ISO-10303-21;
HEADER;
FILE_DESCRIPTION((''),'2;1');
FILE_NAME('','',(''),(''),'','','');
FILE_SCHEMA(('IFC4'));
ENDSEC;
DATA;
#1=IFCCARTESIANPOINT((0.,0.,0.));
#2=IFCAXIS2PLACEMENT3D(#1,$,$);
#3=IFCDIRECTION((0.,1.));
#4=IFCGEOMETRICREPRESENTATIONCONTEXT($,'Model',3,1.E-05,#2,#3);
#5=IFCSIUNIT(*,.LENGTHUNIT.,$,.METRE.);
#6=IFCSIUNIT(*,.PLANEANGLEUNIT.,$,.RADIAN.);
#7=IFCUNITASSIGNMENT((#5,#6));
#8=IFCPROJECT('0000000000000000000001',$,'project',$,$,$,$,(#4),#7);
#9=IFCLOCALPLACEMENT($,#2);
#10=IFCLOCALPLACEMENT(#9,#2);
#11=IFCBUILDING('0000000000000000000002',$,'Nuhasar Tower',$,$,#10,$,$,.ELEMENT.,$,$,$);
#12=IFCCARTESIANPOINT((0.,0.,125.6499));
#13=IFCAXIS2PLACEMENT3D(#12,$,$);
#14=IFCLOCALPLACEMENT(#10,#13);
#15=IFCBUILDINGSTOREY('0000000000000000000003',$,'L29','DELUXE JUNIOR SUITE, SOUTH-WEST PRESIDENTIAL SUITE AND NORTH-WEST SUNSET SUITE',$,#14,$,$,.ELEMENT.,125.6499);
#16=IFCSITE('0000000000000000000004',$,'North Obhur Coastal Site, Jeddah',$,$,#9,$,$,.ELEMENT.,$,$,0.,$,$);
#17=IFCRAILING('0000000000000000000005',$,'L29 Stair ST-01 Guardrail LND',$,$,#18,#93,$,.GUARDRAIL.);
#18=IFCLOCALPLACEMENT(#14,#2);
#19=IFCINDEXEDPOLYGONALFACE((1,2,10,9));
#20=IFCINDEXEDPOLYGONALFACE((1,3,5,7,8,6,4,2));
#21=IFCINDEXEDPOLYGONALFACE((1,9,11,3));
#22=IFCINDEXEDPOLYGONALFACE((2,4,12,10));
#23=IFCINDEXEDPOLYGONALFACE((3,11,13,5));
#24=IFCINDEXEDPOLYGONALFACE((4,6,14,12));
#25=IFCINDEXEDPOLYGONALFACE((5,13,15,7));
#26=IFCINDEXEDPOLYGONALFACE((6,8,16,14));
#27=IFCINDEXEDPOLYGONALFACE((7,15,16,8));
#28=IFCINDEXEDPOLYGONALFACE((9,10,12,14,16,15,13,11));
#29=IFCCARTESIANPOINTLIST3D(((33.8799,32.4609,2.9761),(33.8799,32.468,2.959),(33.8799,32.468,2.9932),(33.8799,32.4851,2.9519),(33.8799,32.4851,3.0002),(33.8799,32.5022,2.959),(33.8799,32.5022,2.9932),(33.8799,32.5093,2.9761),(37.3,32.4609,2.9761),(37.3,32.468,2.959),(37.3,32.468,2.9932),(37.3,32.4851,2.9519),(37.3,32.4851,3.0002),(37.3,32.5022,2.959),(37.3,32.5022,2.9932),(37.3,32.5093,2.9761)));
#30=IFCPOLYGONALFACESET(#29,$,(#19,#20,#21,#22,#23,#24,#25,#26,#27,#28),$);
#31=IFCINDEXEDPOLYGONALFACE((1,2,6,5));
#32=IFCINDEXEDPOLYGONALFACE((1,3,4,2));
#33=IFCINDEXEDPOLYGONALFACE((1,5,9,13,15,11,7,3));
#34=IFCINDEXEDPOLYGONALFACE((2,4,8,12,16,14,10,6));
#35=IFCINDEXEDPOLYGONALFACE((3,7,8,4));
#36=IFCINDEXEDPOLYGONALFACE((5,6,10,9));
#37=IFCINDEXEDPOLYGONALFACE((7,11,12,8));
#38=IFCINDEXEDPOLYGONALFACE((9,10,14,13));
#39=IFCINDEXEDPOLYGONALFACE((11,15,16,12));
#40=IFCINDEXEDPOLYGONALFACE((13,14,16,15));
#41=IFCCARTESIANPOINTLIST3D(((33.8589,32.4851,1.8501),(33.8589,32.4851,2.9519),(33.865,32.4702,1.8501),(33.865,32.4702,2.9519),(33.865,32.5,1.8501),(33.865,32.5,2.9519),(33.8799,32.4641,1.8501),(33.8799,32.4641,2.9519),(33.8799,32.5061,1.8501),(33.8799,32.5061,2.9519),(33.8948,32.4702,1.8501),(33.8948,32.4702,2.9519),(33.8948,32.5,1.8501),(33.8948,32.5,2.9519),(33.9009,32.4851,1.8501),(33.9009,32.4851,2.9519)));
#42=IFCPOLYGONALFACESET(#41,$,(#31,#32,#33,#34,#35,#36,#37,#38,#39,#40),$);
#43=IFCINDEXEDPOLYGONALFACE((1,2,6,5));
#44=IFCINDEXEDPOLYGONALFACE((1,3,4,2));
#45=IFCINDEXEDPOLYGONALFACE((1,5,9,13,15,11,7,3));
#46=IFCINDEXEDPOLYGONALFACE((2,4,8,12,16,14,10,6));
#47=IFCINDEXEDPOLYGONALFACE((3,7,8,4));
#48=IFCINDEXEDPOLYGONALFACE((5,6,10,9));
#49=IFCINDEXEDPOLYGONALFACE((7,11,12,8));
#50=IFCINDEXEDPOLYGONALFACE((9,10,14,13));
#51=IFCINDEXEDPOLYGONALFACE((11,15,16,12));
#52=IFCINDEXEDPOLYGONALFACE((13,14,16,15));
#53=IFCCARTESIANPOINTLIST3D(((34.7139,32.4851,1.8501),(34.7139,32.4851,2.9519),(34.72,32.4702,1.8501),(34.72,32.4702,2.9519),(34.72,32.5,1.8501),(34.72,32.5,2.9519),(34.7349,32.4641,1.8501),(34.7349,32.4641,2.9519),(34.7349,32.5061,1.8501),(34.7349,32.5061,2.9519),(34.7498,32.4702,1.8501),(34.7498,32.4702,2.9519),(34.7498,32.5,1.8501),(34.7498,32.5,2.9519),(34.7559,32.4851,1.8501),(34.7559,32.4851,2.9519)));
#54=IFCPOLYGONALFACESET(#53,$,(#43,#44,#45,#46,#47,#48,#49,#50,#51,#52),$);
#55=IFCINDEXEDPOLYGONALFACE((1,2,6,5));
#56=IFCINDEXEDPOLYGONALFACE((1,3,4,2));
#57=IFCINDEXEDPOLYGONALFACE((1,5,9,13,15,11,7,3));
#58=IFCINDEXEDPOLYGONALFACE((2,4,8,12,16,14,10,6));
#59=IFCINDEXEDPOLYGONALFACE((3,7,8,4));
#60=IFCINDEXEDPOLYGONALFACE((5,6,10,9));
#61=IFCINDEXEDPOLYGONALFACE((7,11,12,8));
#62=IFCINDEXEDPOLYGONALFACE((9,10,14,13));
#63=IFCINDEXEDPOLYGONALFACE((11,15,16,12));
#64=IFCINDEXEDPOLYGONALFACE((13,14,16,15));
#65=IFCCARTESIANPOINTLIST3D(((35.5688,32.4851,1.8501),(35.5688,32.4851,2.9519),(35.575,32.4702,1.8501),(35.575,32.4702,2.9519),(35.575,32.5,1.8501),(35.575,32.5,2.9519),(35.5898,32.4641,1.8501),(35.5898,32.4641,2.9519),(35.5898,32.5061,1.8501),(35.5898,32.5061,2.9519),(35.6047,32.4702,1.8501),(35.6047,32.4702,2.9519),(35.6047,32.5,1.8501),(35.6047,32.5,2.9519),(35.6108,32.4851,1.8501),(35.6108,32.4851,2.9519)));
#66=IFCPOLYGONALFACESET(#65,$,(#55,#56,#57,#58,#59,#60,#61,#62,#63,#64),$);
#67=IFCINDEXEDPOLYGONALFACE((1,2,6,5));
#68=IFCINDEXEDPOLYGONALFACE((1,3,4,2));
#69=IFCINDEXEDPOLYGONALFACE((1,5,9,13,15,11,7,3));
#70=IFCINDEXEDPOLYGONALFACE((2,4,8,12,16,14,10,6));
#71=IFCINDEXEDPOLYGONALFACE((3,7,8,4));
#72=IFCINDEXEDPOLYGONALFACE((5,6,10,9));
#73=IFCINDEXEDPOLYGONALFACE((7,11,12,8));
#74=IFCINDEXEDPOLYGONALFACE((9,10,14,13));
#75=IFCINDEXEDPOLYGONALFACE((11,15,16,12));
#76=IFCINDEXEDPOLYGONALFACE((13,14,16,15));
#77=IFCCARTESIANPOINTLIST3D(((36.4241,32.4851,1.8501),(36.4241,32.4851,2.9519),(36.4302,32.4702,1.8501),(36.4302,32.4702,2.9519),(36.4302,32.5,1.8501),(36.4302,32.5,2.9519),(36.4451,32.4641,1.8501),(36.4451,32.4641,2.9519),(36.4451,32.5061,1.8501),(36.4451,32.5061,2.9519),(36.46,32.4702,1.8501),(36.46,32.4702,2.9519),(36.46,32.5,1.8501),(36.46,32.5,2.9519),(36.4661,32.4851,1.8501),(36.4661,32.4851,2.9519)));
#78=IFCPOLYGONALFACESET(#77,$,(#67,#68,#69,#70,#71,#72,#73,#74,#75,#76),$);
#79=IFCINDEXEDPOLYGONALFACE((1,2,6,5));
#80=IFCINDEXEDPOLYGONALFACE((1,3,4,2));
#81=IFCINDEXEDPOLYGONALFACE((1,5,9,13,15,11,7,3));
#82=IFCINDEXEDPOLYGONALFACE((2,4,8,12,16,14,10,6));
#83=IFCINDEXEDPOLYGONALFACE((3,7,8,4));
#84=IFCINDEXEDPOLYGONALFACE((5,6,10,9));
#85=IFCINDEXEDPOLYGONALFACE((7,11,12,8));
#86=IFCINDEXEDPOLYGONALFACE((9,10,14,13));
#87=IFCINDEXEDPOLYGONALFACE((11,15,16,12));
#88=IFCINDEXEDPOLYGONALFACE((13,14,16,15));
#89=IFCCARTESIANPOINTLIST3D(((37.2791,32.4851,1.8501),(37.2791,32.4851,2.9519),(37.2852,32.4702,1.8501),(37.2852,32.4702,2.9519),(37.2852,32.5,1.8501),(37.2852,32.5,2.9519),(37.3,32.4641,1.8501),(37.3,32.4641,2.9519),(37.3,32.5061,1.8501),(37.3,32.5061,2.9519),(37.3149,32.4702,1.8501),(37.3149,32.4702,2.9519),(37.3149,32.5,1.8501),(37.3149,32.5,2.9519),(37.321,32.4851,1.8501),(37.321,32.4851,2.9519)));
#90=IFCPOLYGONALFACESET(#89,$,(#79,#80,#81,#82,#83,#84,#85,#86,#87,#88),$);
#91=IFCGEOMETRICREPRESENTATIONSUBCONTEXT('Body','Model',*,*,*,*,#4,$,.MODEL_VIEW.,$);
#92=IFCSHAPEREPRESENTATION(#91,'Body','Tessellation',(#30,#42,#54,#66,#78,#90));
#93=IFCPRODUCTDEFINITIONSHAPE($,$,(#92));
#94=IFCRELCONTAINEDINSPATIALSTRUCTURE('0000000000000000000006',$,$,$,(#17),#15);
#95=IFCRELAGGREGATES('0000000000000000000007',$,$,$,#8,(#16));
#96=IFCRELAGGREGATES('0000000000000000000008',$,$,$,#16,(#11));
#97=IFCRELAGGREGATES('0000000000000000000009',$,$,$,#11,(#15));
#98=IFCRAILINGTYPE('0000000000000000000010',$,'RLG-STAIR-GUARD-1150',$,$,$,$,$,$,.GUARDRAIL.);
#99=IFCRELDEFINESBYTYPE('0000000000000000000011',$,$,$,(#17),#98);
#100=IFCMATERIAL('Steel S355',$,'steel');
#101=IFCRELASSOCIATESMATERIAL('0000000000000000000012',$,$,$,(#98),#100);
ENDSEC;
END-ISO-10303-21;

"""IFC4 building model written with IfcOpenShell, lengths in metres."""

from ifc_helpers import new_model, si_unit, direction, frame, origin, place, context, subcontext, project, spatial, polyline, outline, extrude, material, type_object, element, save


model = new_model("IFC4")

# Units and contexts
model_context = context("Model", 3, precision=1e-05, world=origin(), true_north=direction((0.0, 1.0)))
body_context = subcontext(model_context, "Body", "Model", "MODEL_VIEW")
ifc_project = project(units=[si_unit("LENGTHUNIT", "METRE"), si_unit("PLANEANGLEUNIT", "RADIAN")], contexts=[model_context])

# Site, building, storey
site_placement = place(None, origin())
site = spatial("IfcSite", under=ifc_project, at=site_placement, Name="North Obhur Coastal Site, Jeddah", CompositionType="ELEMENT", RefElevation=0.0)
building_placement = place(site_placement, origin())
building = spatial("IfcBuilding", under=site, at=building_placement, Name="Nuhasar Tower", CompositionType="ELEMENT")
storey_placement = place(building_placement, frame((0.0, 0.0, 125.6499)))
storey = spatial("IfcBuildingStorey", under=building, at=storey_placement, Name="L29", Description="DELUXE JUNIOR SUITE, SOUTH-WEST PRESIDENTIAL SUITE AND NORTH-WEST SUNSET SUITE", CompositionType="ELEMENT", Elevation=125.6499)

# Shared definitions
ifc_material_1 = material(Name="Steel S355", Category="steel")

# Railing
railing_type_1 = type_object("IfcRailingType", Name="RLG-STAIR-GUARD-1150", PredefinedType="GUARDRAIL", material=ifc_material_1)
railing_1_placement = place(storey_placement, frame((33.8799, 32.4851, 1.8501)))
element("IfcRailing", 1, at=railing_1_placement, inside=storey, type_object=railing_type_1, Name="L29 Stair ST-01 Guardrail LND", PredefinedType="GUARDRAIL", context=body_context, shape_type="SweptSolid", body=[
    extrude(outline(polyline([(0.0242, 0.0), (0.0171, 0.0171), (0.0, 0.0242), (-0.0171, 0.0171), (-0.0242, 0.0), (-0.0171, -0.0171), (0.0, -0.0242), (0.0171, -0.0171), (0.0242, 0.0)])), frame((0.0, 0.0, 1.126), z_axis=(1.0, 0.0, 0.0), x_axis=(0.0, 1.0, 0.0)), (0.0, 0.0, 1.0), 3.4202),
    extrude(outline(polyline([(0.021, 0.0), (0.0149, 0.0149), (0.0, 0.021), (-0.0149, 0.0149), (-0.021, 0.0), (-0.0149, -0.0149), (0.0, -0.021), (0.0149, -0.0149), (0.021, 0.0)])), origin(), (0.0, 0.0, 1.0), 1.1018),
    extrude(outline(polyline([(0.021, 0.0), (0.0149, 0.0149), (0.0, 0.021), (-0.0149, 0.0149), (-0.021, 0.0), (-0.0149, -0.0149), (0.0, -0.021), (0.0149, -0.0149), (0.021, 0.0)])), frame((0.855, 0.0, 0.0)), (0.0, 0.0, 1.0), 1.1018),
    extrude(outline(polyline([(0.021, 0.0), (0.0149, 0.0149), (0.0, 0.021), (-0.0149, 0.0149), (-0.021, 0.0), (-0.0149, -0.0149), (0.0, -0.021), (0.0149, -0.0149), (0.021, 0.0)])), frame((1.71, 0.0, 0.0)), (0.0, 0.0, 1.0), 1.1018),
    extrude(outline(polyline([(0.021, 0.0), (0.0149, 0.0149), (0.0, 0.021), (-0.0149, 0.0149), (-0.021, 0.0), (-0.0149, -0.0149), (0.0, -0.021), (0.0149, -0.0149), (0.021, 0.0)])), frame((2.5652, 0.0, 0.0)), (0.0, 0.0, 1.0), 1.1018),
    extrude(outline(polyline([(0.021, 0.0), (0.0149, 0.0149), (0.0, 0.021), (-0.0149, 0.0149), (-0.021, 0.0), (-0.0149, -0.0149), (0.0, -0.021), (0.0149, -0.0149), (0.021, 0.0)])), frame((3.4202, 0.0, 0.0)), (0.0, 0.0, 1.0), 1.1018),
])

save(model, "model.ifc")
